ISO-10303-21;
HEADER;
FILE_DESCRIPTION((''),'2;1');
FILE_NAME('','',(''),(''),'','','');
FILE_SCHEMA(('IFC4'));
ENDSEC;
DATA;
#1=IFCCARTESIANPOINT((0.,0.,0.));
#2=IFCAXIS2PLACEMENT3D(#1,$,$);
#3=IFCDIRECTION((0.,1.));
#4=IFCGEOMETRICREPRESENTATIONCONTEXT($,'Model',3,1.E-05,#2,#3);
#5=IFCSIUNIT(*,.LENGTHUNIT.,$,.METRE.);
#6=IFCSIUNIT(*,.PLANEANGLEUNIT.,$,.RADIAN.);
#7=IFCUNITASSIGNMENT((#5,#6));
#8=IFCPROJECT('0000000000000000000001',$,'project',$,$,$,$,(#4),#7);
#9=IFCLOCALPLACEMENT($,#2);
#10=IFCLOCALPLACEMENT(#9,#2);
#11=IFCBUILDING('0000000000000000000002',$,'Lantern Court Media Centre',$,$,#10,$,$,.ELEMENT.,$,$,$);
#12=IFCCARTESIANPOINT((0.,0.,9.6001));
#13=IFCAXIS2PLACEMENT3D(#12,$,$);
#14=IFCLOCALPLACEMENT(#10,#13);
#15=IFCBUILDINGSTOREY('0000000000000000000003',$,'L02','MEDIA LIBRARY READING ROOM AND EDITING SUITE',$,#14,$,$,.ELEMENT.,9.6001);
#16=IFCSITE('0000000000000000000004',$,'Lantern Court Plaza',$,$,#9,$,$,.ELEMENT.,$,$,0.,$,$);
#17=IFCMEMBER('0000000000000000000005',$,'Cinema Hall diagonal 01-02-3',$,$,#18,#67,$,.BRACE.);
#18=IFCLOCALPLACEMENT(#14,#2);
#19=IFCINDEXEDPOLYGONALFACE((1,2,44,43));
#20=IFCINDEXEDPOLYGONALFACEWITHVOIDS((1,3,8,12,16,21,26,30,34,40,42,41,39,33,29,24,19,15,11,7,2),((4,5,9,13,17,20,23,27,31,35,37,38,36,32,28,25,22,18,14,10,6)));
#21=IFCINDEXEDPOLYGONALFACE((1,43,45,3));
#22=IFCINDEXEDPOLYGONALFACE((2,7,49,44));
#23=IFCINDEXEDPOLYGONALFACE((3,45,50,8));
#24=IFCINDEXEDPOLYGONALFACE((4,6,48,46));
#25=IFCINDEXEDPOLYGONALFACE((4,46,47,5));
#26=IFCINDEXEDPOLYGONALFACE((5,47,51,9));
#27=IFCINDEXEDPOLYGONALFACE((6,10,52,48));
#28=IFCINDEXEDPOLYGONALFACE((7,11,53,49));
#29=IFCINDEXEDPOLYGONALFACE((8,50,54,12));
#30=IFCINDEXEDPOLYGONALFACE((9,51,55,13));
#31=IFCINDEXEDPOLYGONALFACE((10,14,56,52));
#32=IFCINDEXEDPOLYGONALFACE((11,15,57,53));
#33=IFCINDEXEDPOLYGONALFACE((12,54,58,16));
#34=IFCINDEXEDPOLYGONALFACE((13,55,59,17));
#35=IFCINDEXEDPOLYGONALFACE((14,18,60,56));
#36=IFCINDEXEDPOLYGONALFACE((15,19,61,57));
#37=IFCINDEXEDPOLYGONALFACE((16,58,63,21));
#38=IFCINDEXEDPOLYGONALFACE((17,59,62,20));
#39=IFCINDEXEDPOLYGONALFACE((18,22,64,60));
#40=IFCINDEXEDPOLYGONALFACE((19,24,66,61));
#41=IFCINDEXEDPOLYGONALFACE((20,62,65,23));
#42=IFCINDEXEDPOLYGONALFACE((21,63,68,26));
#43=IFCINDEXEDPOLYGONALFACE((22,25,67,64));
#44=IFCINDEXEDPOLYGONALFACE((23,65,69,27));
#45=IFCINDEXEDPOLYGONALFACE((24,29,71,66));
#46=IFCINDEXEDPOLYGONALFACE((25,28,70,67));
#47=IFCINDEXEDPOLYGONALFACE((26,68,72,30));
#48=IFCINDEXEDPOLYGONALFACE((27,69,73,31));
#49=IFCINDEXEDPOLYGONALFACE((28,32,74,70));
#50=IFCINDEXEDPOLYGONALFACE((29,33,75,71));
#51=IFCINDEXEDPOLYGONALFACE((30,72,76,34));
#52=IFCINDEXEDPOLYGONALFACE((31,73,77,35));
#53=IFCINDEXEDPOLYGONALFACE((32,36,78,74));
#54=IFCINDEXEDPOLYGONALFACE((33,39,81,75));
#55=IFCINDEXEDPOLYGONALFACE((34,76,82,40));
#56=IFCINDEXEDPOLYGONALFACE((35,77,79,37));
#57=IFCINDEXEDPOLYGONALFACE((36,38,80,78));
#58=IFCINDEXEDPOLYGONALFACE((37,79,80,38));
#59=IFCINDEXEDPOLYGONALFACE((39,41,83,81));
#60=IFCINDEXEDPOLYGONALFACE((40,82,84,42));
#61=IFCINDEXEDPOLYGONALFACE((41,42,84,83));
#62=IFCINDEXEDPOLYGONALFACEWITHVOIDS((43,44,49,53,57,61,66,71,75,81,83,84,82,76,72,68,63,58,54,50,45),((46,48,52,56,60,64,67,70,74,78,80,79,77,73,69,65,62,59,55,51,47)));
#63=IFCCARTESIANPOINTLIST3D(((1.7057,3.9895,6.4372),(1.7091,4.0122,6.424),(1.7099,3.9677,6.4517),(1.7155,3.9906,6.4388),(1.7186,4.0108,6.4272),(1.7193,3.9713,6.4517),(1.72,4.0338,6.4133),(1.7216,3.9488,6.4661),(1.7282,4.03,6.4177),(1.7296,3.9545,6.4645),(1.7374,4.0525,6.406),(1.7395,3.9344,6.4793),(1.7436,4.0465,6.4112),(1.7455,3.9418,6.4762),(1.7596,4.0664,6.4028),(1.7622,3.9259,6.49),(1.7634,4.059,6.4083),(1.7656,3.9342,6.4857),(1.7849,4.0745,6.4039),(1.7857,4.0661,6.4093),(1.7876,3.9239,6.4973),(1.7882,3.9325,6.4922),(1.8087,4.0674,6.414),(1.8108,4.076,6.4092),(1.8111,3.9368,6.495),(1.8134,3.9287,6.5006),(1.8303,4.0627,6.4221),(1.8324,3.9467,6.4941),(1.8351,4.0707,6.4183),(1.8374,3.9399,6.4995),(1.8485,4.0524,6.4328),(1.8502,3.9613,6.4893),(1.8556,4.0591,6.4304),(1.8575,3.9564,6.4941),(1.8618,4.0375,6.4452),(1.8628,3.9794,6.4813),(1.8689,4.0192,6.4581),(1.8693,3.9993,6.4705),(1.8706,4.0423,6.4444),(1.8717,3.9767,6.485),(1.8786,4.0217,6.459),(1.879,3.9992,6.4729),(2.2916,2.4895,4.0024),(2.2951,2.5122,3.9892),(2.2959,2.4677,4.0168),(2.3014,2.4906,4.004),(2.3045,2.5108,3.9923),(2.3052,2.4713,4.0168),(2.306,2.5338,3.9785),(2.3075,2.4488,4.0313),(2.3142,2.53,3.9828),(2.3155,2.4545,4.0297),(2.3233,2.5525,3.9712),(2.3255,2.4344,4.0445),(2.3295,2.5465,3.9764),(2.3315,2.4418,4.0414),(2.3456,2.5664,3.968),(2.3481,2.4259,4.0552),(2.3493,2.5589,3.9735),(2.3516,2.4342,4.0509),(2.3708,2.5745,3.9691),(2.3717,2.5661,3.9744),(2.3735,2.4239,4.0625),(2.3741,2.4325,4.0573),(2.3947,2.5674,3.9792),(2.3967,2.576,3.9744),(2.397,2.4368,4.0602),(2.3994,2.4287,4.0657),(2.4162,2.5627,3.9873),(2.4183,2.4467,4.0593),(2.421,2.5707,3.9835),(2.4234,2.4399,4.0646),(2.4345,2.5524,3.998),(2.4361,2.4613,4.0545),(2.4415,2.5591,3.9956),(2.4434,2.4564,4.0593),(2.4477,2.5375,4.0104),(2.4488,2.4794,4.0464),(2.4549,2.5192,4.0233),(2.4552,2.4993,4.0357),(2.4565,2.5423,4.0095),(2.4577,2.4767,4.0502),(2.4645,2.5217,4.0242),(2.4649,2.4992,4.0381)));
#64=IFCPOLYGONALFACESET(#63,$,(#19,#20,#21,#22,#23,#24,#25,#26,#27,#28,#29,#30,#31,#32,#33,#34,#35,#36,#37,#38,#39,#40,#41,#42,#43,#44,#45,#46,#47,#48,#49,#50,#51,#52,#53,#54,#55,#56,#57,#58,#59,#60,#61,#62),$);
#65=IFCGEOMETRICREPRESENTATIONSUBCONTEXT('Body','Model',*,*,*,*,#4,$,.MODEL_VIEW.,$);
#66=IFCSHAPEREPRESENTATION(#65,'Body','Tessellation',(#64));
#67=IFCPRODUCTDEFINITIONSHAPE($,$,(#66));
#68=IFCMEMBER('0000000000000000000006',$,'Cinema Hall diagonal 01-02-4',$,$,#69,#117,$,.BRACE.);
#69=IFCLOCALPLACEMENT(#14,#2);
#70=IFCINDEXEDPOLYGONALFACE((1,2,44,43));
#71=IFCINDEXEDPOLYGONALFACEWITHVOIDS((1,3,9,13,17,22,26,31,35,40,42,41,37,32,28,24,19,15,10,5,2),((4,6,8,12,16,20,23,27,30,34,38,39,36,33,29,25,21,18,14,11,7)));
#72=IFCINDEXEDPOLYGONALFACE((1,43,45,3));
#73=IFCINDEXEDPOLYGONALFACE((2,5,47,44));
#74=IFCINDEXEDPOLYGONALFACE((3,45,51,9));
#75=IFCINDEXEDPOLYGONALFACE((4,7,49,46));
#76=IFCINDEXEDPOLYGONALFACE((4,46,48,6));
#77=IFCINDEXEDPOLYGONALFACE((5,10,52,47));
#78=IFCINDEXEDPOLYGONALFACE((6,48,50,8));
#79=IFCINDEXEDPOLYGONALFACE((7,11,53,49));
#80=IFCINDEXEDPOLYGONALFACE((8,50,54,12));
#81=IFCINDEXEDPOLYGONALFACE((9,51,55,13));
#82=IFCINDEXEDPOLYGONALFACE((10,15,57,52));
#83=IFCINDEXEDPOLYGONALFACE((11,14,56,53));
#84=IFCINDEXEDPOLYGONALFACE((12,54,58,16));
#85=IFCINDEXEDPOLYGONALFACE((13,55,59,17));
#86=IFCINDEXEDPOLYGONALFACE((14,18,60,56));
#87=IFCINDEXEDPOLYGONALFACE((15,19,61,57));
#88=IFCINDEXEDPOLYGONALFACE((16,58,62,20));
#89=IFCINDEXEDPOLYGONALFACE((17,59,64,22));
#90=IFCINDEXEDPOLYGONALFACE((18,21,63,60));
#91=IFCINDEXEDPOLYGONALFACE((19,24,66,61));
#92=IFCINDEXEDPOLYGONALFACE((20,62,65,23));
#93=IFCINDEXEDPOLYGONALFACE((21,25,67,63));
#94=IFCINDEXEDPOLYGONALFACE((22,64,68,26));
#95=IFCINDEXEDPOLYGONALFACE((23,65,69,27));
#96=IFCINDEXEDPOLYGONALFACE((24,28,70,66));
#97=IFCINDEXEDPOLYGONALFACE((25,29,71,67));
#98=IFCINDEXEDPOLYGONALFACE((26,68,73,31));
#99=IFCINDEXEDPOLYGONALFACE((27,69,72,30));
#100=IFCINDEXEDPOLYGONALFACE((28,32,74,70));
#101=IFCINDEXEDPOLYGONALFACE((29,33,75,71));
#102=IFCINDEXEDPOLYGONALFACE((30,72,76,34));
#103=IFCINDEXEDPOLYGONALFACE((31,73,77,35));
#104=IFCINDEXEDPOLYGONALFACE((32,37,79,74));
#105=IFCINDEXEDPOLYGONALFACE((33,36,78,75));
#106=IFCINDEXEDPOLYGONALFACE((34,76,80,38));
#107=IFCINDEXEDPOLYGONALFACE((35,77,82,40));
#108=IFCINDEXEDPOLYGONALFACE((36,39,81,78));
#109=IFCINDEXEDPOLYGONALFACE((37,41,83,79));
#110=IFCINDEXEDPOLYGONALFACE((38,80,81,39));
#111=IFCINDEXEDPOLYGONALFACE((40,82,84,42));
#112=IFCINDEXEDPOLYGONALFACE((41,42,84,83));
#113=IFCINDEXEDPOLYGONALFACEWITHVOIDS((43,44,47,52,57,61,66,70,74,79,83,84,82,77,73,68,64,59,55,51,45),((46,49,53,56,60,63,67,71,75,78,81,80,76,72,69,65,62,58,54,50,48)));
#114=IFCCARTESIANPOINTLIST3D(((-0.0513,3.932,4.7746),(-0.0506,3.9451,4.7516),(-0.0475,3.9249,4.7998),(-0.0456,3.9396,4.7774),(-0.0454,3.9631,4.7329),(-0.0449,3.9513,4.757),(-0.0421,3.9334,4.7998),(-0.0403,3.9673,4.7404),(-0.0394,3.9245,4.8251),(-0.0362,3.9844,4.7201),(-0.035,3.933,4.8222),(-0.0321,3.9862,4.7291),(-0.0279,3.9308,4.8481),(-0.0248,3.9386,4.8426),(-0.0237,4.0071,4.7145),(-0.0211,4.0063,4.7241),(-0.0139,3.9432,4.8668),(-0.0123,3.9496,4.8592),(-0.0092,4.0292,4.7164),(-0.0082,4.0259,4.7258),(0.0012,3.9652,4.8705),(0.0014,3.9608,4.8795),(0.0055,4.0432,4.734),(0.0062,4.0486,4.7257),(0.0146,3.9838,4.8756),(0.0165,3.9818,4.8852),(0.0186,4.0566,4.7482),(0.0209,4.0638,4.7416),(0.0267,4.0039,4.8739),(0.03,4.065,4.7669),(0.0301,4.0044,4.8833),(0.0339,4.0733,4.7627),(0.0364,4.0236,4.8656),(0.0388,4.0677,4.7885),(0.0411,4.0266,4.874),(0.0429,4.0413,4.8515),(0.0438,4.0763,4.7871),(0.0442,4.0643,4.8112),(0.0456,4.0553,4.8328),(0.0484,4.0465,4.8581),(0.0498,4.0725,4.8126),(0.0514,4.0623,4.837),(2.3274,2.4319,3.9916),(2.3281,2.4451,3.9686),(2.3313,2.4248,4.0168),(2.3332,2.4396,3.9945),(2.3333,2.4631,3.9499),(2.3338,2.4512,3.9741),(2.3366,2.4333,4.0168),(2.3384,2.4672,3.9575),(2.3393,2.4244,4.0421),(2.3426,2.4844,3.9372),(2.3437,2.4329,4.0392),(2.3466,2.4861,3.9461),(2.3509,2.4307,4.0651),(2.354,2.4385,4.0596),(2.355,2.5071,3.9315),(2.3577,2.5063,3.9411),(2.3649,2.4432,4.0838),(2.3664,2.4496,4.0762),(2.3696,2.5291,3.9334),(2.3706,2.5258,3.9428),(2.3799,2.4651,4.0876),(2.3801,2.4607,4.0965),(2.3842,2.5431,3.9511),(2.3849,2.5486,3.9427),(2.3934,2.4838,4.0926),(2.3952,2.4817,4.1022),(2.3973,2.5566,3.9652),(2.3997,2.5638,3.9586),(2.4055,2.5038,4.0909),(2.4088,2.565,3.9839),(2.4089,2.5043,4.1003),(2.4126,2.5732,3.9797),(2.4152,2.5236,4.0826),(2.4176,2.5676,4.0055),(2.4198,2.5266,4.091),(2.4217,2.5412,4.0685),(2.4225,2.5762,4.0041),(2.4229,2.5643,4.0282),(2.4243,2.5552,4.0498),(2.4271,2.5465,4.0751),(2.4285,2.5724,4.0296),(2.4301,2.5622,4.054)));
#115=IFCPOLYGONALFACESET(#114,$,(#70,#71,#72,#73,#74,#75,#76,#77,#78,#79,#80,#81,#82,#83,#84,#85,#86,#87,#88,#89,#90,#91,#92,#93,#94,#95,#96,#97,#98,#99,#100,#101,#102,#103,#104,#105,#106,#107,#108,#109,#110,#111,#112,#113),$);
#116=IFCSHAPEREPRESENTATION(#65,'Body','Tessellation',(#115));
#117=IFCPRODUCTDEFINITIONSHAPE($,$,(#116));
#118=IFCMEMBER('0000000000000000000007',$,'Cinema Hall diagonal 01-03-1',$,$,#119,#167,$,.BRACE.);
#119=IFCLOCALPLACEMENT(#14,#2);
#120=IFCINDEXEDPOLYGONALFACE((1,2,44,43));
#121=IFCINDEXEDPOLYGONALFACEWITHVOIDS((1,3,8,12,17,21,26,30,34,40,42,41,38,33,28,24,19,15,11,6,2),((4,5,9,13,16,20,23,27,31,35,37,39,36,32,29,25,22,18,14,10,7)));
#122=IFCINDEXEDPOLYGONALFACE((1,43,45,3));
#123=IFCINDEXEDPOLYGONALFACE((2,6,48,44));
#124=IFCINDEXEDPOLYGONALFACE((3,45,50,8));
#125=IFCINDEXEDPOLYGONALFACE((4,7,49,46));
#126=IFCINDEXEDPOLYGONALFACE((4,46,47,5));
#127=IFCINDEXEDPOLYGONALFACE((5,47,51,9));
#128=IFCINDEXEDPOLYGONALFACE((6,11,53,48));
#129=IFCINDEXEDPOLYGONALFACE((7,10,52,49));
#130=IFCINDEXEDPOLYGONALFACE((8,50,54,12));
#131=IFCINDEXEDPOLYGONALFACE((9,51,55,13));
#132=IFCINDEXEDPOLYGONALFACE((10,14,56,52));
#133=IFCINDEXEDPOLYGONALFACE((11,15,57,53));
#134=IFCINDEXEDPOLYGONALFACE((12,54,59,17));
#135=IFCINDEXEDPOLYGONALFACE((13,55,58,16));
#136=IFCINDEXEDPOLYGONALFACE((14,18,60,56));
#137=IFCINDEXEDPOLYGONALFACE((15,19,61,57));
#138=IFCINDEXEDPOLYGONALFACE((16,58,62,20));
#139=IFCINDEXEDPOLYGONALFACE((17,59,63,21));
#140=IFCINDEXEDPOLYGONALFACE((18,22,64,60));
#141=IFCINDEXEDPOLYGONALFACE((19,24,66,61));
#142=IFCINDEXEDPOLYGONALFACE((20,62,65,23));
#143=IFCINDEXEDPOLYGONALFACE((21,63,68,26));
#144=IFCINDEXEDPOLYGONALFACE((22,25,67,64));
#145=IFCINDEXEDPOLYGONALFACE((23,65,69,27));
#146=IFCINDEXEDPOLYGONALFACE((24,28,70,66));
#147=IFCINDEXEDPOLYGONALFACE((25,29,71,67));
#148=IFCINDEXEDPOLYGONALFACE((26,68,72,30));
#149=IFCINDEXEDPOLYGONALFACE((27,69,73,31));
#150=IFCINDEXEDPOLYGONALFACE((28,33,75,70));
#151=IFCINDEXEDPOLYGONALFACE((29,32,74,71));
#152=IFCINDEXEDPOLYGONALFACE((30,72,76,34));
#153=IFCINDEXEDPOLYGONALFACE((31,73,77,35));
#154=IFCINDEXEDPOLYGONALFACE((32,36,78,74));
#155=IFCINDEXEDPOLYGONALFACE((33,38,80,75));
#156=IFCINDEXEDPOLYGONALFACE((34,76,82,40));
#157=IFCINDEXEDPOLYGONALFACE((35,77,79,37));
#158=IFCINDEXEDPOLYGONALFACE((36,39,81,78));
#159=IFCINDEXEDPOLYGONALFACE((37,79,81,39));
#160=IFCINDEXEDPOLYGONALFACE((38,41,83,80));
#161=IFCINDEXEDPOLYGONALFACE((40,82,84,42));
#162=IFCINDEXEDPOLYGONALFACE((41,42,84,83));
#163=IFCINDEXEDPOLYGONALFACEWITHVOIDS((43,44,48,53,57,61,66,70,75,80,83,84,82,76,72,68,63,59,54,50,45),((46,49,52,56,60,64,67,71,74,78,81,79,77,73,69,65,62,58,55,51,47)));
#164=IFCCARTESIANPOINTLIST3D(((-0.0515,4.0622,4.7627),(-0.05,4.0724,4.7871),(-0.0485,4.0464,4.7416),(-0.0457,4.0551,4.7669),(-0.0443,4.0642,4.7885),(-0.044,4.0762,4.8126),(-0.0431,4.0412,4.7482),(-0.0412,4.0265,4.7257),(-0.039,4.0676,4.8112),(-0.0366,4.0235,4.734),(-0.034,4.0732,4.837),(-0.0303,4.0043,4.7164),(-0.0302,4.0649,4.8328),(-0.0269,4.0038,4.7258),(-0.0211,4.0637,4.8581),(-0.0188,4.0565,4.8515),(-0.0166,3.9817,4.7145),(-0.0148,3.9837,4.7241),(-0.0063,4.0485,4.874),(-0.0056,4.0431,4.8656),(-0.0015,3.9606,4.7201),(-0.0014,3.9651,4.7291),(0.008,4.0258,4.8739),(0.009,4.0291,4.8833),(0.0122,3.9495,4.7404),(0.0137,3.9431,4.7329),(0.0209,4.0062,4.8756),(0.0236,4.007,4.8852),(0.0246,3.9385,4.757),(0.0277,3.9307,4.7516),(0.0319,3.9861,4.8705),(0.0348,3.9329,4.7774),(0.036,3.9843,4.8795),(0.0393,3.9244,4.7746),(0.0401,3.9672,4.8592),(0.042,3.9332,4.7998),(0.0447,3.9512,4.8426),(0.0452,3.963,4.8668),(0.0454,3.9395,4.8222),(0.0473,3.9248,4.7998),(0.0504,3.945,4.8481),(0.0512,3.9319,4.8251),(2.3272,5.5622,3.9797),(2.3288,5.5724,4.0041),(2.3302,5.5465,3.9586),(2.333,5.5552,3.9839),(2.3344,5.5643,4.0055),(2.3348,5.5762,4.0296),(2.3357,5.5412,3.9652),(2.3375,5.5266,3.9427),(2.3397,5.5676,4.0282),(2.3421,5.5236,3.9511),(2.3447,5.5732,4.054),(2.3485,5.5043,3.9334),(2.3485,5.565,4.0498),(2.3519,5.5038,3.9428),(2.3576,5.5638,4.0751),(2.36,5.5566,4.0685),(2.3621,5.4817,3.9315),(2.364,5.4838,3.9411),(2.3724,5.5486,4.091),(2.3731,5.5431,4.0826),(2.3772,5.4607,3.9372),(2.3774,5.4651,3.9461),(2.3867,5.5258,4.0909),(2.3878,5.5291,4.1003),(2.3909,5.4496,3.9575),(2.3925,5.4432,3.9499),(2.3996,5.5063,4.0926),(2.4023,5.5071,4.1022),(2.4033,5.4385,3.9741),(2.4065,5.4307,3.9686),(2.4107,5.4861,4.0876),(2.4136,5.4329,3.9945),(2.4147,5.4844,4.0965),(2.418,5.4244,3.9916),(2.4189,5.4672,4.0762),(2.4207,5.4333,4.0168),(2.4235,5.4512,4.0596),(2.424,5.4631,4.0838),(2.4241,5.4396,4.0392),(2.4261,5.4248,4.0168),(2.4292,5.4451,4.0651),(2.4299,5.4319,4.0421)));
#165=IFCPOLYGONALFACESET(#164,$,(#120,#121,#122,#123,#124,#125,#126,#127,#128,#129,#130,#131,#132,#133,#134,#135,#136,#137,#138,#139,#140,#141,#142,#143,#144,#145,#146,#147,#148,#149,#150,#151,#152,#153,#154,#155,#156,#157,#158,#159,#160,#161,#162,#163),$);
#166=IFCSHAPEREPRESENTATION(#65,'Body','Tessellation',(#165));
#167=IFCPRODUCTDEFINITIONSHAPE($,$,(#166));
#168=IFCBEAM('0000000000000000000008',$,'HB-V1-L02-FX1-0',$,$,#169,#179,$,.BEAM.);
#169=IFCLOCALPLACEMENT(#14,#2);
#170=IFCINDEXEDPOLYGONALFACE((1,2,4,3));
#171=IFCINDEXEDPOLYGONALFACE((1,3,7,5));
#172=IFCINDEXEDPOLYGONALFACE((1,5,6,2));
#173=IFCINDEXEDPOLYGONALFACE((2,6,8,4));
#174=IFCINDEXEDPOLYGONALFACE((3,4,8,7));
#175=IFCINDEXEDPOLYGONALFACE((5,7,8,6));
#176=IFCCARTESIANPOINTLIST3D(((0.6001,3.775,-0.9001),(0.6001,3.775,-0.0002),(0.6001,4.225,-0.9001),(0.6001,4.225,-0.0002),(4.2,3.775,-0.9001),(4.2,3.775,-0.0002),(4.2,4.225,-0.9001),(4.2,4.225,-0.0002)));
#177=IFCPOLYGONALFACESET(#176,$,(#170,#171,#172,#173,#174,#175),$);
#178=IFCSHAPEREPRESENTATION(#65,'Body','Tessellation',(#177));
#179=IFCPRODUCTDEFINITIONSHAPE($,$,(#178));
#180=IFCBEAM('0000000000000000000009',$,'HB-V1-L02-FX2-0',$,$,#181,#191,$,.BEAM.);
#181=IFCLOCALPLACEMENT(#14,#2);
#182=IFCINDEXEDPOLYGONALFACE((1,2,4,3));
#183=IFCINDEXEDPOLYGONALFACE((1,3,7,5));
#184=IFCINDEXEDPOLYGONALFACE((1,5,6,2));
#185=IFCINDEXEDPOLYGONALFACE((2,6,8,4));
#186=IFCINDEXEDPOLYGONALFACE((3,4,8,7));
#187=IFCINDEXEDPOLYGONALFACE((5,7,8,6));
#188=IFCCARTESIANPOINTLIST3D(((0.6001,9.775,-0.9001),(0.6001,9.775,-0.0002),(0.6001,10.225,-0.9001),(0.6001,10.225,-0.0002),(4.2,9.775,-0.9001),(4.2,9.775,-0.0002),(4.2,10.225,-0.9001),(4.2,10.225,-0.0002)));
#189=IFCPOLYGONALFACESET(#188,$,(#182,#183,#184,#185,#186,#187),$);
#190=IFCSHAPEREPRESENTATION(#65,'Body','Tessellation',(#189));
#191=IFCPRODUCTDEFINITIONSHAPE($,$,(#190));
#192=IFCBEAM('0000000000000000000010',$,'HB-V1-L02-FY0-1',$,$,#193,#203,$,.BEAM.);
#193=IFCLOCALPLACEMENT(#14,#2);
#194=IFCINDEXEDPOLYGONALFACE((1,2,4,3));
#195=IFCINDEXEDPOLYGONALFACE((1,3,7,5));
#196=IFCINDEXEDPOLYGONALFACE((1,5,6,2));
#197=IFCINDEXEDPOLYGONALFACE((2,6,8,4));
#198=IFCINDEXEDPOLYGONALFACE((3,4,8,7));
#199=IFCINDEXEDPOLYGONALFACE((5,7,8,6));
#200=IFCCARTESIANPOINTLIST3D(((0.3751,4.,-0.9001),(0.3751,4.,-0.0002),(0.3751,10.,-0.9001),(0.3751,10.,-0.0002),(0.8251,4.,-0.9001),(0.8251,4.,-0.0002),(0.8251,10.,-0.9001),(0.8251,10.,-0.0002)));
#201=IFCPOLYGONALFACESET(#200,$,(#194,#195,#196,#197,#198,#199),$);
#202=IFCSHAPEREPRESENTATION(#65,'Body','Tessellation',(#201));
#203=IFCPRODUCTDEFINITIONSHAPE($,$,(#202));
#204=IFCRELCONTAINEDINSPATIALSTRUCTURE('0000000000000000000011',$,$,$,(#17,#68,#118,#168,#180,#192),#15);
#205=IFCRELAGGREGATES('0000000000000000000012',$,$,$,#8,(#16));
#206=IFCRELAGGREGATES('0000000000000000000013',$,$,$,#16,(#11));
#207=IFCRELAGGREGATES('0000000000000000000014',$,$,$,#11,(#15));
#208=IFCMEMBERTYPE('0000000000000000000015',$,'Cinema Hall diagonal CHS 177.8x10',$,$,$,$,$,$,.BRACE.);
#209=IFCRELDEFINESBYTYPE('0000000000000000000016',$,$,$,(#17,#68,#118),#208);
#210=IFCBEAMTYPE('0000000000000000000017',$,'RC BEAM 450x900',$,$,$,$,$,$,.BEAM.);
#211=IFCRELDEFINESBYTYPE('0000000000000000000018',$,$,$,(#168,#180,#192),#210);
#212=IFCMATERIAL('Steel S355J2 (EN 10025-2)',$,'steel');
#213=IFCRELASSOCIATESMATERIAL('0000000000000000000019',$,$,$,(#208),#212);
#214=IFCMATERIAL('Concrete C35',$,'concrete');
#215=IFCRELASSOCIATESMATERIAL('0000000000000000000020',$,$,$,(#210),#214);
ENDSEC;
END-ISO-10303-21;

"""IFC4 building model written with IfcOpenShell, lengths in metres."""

from ifc_helpers import new_model, si_unit, direction, frame, origin, origin_2d, place, context, subcontext, project, spatial, rectangle, hollow_circle, extrude, material, material_profile, profile_set, type_object, element, save


model = new_model("IFC4")

# Units and contexts
model_context = context("Model", 3, precision=1e-05, world=origin(), true_north=direction((0.0, 1.0)))
body_context = subcontext(model_context, "Body", "Model", "MODEL_VIEW")
ifc_project = project(units=[si_unit("LENGTHUNIT", "METRE"), si_unit("PLANEANGLEUNIT", "RADIAN")], contexts=[model_context])

# Site, building, storey
site_placement = place(None, origin())
site = spatial("IfcSite", under=ifc_project, at=site_placement, Name="Lantern Court Plaza", CompositionType="ELEMENT", RefElevation=0.0)
building_placement = place(site_placement, origin())
building = spatial("IfcBuilding", under=site, at=building_placement, Name="Lantern Court Media Centre", CompositionType="ELEMENT")
storey_placement = place(building_placement, frame((0.0, 0.0, 9.6001)))
storey = spatial("IfcBuildingStorey", under=building, at=storey_placement, Name="L02", Description="MEDIA LIBRARY READING ROOM AND EDITING SUITE", CompositionType="ELEMENT", Elevation=9.6001)

# Shared definitions
ifc_material_1 = material(Name="Steel S355J2 (EN 10025-2)", Category="steel")
ifc_material_2 = material(Name="Concrete C35", Category="concrete")

# Members
ifc_material_profile_1 = material_profile(ifc_material_1, hollow_circle(Radius=0.0889, WallThickness=0.01, at=origin_2d()), Name="Cinema Hall diagonal CHS 177.8x10")
ifc_profile_set_1 = profile_set([ifc_material_profile_1], Name="Steel S355J2 (EN 10025-2)")
member_type_1 = type_object("IfcMemberType", Name="Cinema Hall diagonal CHS 177.8x10", PredefinedType="BRACE", material=ifc_profile_set_1)
for number, where, z_axis, x_axis, name in (
    (1, (2.3787, 2.5, 4.0168), (-0.20072, 0.513842, 0.834073), (-0.931457, -0.363851, 0.0), "Cinema Hall diagonal 01-02-3"),
    (2, (2.3787, 2.5, 4.0168), (-0.814866, 0.51386, 0.268221), (-0.533405, -0.84586, 0.0), "Cinema Hall diagonal 01-02-4"),
    (3, (2.3787, 5.5, 4.0168), (-0.814866, -0.51386, 0.268221), (0.533405, -0.84586, 0.0), "Cinema Hall diagonal 01-03-1"),
):
    element("IfcMember", number, at=place(storey_placement, frame(where, z_axis=z_axis, x_axis=x_axis)), inside=storey, type_object=member_type_1, Name=name, PredefinedType="BRACE", context=body_context, shape_type="SweptSolid", body=[
        extrude(hollow_circle(Radius=0.0889, WallThickness=0.01, at=origin_2d()), origin(), (0.0, 0.0, 1.0), 2.9192),
    ])

# Beams
ifc_material_profile_2 = material_profile(ifc_material_2, rectangle(XDim=0.45, YDim=0.8999, at=origin_2d()), Name="RC 450x900")
ifc_profile_set_2 = profile_set([ifc_material_profile_2], Name="Concrete C35")
beam_type = type_object("IfcBeamType", Name="RC BEAM 450x900", PredefinedType="BEAM", material=ifc_profile_set_2)
for number, where, z_axis, x_axis, name in (
    (4, (0.6001, 4.0, -0.4502), (1.0, 0.0, 0.0), (0.0, 1.0, 0.0), "HB-V1-L02-FX1-0"),
    (5, (0.6001, 10.0, -0.4502), (1.0, 0.0, 0.0), (0.0, 1.0, 0.0), "HB-V1-L02-FX2-0"),
):
    element("IfcBeam", number, at=place(storey_placement, frame(where, z_axis=z_axis, x_axis=x_axis)), inside=storey, type_object=beam_type, Name=name, PredefinedType="BEAM", context=body_context, shape_type="SweptSolid", body=[
        extrude(rectangle(XDim=0.45, YDim=0.8999, at=origin_2d()), origin(), (0.0, 0.0, 1.0), 3.5999),
    ])
for number, where, z_axis, x_axis, name in (
    (6, (0.6001, 4.0, -0.4502), (0.0, 1.0, 0.0), (-1.0, 0.0, 0.0), "HB-V1-L02-FY0-1"),
):
    element("IfcBeam", number, at=place(storey_placement, frame(where, z_axis=z_axis, x_axis=x_axis)), inside=storey, type_object=beam_type, Name=name, PredefinedType="BEAM", context=body_context, shape_type="SweptSolid", body=[
        extrude(rectangle(XDim=0.45, YDim=0.8999, at=origin_2d()), origin(), (0.0, 0.0, 1.0), 6.0),
    ])

save(model, "model.ifc")
